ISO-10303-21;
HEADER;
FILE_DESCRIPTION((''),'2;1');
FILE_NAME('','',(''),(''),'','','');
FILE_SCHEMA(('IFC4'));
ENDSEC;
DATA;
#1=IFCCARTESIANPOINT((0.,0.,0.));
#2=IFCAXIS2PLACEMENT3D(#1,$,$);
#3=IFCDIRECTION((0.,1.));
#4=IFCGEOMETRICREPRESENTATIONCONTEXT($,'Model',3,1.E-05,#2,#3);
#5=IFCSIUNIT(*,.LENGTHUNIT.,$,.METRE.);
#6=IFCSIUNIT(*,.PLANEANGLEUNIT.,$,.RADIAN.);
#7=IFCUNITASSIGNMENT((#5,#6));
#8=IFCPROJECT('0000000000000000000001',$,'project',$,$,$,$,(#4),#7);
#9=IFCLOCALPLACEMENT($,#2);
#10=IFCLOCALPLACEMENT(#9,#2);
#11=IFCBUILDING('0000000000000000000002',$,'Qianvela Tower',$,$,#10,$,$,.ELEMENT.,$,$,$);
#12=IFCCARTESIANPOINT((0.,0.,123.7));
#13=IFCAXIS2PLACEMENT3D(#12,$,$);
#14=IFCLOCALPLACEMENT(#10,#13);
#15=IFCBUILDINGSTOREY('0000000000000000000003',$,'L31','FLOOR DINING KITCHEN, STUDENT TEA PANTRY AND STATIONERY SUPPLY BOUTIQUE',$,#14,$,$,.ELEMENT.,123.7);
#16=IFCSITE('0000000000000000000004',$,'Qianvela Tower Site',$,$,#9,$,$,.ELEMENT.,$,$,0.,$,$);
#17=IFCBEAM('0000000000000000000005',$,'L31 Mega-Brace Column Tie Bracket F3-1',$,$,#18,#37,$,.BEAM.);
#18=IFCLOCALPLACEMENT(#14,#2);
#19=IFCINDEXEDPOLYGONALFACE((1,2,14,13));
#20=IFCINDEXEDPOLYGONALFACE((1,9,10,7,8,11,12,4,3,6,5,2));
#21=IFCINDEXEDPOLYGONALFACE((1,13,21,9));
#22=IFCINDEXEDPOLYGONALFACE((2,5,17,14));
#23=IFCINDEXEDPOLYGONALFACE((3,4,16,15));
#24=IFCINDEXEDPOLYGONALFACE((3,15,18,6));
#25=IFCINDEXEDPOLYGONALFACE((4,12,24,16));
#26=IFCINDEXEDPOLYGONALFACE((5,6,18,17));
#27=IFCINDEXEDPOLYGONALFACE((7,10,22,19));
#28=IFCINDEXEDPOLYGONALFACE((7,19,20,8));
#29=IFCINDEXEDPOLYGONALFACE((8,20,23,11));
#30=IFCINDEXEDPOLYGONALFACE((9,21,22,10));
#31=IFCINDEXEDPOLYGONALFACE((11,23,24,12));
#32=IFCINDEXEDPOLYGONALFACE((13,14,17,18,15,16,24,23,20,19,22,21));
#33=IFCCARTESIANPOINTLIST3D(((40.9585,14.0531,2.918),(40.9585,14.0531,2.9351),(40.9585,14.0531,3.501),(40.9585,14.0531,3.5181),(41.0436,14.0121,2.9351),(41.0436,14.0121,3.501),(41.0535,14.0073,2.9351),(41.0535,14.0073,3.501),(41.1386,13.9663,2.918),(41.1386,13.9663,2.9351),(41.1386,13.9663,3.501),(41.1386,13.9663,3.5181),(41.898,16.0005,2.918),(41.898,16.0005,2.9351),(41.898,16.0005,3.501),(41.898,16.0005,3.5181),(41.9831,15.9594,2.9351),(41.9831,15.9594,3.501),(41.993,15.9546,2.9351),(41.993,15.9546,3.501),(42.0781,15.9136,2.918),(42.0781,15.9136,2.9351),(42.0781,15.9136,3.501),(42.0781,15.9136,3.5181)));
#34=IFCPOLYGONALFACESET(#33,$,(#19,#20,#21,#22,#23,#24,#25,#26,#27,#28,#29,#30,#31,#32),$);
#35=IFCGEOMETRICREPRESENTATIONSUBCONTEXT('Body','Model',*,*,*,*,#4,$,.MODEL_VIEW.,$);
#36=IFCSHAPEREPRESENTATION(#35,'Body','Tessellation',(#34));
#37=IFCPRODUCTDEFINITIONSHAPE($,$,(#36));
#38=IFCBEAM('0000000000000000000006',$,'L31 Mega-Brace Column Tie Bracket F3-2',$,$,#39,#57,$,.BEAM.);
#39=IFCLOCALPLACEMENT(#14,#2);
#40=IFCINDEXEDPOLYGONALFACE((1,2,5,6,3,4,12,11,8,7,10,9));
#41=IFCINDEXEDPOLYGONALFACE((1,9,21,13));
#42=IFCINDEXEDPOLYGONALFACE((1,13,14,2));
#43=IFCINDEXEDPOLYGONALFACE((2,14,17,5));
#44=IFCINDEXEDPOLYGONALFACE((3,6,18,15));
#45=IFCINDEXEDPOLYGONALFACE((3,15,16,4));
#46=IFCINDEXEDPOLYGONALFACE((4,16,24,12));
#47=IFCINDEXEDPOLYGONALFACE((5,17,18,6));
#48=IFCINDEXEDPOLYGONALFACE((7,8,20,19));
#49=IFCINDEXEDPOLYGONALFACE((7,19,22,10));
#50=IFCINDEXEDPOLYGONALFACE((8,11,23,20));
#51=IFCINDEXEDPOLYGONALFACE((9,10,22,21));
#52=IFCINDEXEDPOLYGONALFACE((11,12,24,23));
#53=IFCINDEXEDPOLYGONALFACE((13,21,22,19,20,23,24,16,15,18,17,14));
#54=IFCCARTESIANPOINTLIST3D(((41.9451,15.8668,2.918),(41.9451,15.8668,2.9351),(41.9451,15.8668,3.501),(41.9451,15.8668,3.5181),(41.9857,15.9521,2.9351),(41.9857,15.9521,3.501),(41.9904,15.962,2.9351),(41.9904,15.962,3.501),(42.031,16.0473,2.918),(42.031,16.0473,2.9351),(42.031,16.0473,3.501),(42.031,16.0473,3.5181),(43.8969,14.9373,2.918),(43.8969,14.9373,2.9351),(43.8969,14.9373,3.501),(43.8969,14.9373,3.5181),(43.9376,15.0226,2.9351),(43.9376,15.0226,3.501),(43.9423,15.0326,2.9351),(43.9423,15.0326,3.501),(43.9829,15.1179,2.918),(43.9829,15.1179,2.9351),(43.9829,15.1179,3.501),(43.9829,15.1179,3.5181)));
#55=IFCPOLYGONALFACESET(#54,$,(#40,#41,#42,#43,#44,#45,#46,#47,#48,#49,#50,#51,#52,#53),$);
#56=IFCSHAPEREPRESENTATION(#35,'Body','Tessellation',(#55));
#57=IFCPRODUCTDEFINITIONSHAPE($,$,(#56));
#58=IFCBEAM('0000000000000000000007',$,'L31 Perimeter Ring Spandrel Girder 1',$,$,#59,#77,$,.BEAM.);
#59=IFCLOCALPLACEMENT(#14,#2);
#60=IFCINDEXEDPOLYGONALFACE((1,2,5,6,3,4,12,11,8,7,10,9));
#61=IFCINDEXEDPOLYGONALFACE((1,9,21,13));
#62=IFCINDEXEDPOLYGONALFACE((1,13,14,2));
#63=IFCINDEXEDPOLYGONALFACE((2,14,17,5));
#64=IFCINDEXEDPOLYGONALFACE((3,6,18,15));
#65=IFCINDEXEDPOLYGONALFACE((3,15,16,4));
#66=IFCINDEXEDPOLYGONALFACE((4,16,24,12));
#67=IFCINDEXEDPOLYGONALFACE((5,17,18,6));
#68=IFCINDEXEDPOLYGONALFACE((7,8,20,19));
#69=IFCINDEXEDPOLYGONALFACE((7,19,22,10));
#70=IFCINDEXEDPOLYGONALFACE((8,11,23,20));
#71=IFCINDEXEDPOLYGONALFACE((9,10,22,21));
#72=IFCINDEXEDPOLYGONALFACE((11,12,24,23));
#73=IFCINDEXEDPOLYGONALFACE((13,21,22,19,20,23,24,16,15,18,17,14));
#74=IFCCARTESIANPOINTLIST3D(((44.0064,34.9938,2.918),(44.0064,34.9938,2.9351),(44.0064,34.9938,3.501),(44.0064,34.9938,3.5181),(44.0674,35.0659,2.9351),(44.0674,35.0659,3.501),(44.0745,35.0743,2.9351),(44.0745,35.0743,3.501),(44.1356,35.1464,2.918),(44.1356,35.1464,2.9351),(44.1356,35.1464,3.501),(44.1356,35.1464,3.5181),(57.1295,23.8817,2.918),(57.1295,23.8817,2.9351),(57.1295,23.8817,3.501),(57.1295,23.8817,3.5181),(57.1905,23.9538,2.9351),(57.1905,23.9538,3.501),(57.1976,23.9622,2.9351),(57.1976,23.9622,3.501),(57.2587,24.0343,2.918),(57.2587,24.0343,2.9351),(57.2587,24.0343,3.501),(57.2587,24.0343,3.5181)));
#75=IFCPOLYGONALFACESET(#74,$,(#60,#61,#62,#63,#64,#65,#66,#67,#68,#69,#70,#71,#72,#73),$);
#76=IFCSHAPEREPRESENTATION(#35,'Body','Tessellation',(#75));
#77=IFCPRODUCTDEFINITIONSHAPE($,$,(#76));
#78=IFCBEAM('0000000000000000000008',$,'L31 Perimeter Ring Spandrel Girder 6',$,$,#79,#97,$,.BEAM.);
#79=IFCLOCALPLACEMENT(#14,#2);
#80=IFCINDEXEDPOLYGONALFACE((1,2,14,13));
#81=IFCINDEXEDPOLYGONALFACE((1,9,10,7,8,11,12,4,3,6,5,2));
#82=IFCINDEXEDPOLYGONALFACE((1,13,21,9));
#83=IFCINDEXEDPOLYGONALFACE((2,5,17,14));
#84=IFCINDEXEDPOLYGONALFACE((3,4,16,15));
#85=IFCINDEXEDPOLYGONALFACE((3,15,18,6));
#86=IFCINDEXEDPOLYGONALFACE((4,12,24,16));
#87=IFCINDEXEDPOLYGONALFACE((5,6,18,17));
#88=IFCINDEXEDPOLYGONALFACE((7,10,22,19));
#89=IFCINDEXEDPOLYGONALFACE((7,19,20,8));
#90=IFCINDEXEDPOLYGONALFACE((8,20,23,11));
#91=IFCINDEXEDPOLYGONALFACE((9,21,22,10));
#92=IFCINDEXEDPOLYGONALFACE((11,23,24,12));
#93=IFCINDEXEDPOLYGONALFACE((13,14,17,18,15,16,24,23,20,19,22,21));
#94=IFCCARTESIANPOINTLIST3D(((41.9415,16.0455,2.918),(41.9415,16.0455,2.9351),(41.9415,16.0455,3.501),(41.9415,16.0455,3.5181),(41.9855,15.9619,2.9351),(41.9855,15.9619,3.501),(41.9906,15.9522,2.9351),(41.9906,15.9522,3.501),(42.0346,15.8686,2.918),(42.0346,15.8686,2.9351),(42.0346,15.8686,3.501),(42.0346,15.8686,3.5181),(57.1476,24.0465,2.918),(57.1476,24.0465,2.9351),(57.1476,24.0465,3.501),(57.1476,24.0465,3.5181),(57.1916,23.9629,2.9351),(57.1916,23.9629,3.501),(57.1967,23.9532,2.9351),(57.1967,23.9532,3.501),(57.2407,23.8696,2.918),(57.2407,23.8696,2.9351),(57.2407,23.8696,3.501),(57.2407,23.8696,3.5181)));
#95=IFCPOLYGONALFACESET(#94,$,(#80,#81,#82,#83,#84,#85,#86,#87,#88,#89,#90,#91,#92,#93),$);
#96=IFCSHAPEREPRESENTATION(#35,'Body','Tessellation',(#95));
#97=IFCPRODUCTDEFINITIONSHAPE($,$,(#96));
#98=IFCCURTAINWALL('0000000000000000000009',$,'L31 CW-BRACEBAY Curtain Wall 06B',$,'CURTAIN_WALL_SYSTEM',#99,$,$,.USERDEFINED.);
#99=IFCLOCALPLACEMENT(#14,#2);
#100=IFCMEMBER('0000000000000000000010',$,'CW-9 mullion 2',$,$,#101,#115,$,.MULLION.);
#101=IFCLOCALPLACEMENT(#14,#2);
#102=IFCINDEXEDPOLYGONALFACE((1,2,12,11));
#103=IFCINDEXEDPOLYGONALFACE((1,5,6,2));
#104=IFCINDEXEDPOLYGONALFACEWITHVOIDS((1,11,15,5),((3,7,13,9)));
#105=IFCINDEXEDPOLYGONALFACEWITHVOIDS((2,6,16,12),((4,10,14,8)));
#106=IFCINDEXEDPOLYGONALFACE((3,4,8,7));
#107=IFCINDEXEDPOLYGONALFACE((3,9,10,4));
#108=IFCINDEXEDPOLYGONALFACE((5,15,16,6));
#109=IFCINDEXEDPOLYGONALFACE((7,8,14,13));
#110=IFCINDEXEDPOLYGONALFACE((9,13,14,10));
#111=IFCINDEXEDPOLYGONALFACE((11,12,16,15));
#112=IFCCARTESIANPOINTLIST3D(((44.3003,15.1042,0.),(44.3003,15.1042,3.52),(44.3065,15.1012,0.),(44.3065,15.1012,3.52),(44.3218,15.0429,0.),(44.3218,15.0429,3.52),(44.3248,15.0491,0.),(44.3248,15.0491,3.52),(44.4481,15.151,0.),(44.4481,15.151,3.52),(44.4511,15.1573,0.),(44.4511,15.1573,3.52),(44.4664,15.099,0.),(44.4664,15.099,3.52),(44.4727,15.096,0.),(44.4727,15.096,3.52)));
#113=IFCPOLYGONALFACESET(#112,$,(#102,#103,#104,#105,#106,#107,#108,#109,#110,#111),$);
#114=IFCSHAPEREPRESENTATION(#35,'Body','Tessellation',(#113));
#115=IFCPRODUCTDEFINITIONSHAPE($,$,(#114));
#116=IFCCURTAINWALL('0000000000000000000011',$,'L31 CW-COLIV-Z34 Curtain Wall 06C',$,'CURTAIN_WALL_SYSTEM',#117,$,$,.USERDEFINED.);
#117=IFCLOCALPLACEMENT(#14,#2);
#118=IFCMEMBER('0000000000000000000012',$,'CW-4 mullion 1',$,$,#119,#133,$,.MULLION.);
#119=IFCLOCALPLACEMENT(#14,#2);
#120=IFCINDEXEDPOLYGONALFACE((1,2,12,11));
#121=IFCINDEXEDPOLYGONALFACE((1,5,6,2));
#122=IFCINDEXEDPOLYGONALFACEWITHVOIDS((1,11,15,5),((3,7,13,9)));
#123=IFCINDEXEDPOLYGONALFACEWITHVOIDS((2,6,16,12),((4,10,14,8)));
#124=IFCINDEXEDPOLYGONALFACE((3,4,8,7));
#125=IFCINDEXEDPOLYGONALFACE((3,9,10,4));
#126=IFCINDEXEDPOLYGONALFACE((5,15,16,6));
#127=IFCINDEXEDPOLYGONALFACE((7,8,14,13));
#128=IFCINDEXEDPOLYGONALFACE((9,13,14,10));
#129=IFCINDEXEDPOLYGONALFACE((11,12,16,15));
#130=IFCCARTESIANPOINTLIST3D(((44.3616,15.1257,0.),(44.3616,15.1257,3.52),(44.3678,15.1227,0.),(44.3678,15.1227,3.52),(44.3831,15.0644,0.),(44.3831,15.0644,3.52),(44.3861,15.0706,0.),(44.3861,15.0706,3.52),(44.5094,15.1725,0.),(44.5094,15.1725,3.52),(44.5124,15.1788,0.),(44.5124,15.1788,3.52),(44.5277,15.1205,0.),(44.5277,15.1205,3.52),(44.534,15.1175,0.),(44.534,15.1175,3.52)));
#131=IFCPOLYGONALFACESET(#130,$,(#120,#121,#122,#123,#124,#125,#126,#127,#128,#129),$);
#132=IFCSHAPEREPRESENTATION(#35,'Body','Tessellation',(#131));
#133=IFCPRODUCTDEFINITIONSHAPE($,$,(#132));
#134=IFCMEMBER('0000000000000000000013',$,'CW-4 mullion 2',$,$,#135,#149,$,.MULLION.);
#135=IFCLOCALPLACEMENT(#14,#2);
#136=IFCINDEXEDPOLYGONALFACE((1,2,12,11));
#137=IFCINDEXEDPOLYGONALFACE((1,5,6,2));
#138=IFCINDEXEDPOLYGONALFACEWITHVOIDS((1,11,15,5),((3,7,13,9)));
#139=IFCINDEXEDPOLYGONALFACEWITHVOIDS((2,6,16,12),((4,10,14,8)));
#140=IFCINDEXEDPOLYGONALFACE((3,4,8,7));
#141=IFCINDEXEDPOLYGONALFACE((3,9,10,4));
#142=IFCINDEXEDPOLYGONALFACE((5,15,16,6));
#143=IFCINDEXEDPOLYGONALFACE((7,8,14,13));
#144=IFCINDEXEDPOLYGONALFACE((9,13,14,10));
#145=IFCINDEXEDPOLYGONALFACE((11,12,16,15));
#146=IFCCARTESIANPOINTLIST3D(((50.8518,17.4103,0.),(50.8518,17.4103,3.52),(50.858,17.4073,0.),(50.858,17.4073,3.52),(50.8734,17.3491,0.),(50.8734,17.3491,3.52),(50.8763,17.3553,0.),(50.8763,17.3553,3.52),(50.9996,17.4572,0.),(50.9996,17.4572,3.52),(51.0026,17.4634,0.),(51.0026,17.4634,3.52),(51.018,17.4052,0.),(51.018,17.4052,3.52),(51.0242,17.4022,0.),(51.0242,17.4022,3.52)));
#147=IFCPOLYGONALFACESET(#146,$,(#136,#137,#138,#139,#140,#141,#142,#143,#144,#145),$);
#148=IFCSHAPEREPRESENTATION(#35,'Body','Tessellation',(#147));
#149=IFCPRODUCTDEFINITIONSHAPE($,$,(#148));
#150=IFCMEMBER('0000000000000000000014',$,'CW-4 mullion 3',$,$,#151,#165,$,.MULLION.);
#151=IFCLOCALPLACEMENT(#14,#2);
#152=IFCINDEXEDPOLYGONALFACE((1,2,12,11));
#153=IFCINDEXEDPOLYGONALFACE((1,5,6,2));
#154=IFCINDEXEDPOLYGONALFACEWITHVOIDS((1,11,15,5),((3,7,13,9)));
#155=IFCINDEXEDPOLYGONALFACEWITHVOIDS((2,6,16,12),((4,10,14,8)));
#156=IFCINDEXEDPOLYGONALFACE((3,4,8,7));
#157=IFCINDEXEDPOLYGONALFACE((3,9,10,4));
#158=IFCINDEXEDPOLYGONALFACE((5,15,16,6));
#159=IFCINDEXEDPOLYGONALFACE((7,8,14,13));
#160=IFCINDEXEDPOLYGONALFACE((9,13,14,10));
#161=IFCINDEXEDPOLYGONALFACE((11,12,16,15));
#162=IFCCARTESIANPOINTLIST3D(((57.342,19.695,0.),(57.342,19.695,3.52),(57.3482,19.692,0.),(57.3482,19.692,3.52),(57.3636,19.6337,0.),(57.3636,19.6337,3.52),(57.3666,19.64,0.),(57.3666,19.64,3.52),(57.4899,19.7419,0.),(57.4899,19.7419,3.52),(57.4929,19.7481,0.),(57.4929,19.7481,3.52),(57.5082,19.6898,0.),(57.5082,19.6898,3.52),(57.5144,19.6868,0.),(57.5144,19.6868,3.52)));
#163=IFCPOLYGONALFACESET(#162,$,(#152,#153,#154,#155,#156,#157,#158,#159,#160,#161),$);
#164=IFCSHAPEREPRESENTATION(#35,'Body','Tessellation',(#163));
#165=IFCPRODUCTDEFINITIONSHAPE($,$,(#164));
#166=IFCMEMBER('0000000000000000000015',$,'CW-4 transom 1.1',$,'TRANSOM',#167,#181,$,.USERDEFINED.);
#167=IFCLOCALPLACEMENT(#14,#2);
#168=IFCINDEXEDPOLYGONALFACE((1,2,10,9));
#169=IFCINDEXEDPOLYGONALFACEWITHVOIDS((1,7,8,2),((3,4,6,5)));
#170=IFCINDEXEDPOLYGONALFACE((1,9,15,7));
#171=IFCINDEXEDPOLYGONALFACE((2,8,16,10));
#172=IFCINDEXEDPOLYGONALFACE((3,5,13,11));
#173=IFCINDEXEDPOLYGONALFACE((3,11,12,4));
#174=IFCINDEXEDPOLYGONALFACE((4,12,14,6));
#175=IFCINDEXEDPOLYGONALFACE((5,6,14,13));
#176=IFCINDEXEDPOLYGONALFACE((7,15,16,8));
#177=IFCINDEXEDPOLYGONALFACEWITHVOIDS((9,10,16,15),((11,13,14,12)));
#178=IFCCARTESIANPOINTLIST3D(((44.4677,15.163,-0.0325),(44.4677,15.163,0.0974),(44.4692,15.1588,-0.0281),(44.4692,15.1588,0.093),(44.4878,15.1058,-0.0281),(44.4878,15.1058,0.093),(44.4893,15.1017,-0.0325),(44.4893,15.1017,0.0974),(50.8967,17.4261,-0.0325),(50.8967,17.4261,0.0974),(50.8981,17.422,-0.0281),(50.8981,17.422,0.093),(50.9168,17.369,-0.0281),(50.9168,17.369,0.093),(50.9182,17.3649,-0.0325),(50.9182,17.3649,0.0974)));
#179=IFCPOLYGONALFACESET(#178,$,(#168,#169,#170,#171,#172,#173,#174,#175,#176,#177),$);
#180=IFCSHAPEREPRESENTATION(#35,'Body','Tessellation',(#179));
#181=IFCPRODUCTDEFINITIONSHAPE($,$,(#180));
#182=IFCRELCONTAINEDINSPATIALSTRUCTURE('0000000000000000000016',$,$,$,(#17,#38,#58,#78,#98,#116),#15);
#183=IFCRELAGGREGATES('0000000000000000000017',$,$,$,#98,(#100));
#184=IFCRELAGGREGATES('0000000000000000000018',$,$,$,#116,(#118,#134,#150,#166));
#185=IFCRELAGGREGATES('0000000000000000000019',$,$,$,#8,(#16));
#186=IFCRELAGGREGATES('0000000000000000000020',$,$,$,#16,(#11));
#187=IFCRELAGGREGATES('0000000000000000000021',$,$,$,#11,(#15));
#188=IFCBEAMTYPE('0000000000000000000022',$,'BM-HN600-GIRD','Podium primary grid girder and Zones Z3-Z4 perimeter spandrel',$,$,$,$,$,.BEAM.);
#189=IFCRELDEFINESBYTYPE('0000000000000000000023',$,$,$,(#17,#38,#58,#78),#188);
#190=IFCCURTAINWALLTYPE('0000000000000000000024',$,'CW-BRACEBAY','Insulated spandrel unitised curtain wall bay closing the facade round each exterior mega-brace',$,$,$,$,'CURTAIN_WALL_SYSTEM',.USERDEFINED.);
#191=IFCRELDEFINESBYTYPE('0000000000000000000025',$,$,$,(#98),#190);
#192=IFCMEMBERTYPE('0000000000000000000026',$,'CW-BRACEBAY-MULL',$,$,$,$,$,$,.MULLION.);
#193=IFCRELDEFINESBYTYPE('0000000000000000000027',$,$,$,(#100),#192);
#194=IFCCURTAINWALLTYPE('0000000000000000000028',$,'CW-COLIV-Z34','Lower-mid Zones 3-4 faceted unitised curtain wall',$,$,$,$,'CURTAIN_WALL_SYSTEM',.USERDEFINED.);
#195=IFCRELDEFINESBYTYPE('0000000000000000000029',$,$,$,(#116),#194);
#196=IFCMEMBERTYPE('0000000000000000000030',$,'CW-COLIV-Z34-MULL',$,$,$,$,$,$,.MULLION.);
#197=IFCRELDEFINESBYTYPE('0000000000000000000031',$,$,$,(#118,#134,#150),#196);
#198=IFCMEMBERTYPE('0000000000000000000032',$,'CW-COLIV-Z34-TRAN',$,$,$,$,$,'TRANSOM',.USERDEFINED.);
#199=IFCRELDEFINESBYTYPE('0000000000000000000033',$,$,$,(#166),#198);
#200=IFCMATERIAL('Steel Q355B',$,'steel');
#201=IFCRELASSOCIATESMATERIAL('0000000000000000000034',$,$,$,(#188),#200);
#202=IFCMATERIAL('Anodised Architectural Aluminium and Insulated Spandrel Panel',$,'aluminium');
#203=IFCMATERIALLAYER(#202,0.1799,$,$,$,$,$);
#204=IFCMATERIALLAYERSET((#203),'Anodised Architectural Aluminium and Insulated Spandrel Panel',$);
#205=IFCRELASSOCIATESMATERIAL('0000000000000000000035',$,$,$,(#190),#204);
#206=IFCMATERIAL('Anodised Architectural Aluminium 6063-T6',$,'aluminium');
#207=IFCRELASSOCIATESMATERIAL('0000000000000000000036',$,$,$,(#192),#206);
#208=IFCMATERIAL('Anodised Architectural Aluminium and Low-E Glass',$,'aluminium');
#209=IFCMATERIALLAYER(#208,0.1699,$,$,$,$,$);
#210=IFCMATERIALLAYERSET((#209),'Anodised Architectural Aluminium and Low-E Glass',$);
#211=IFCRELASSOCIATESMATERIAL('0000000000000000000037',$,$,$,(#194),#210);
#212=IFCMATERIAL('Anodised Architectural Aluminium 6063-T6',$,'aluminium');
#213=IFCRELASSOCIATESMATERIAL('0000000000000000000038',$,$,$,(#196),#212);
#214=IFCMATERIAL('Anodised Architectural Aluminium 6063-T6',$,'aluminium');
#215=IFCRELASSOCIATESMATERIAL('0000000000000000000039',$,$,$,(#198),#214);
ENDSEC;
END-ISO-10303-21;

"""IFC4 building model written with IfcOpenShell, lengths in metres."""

from ifc_helpers import new_model, si_unit, direction, frame, origin, origin_2d, place, context, subcontext, project, spatial, hollow_rectangle, i_section, extrude, material, layer, layer_set, material_profile, profile_set, type_object, element, aggregate, save


model = new_model("IFC4")

# Units and contexts
model_context = context("Model", 3, precision=1e-05, world=origin(), true_north=direction((0.0, 1.0)))
body_context = subcontext(model_context, "Body", "Model", "MODEL_VIEW")
ifc_project = project(units=[si_unit("LENGTHUNIT", "METRE"), si_unit("PLANEANGLEUNIT", "RADIAN")], contexts=[model_context])

# Site, building, storey
site_placement = place(None, origin())
site = spatial("IfcSite", under=ifc_project, at=site_placement, Name="Qianvela Tower Site", CompositionType="ELEMENT", RefElevation=0.0)
building_placement = place(site_placement, origin())
building = spatial("IfcBuilding", under=site, at=building_placement, Name="Qianvela Tower", CompositionType="ELEMENT")
storey_placement = place(building_placement, frame((0.0, 0.0, 123.7)))
storey = spatial("IfcBuildingStorey", under=building, at=storey_placement, Name="L31", Description="FLOOR DINING KITCHEN, STUDENT TEA PANTRY AND STATIONERY SUPPLY BOUTIQUE", CompositionType="ELEMENT", Elevation=123.7)

# Beams
ifc_material_1 = material(Name="Steel Q355B", Category="steel")
ifc_material_profile_1 = material_profile(ifc_material_1, i_section(OverallWidth=0.2, OverallDepth=0.6001, WebThickness=0.011, FlangeThickness=0.0171, at=origin_2d()), Name="HN600x200x11x17")
ifc_profile_set_1 = profile_set([ifc_material_profile_1], Name="Steel Q355B")
beam_type = type_object("IfcBeamType", Name="BM-HN600-GIRD", Description="Podium primary grid girder and Zones Z3-Z4 perimeter spandrel", PredefinedType="BEAM", material=ifc_profile_set_1)
beam_1_placement = place(storey_placement, frame((41.988, 15.957, 3.218), z_axis=(-0.434522, -0.900661, 0.0), x_axis=(0.900661, -0.434522, 0.0)))
element("IfcBeam", 1, at=beam_1_placement, inside=storey, type_object=beam_type, Name="L31 Mega-Brace Column Tie Bracket F3-1", PredefinedType="BEAM", context=body_context, shape_type="SweptSolid", body=[
    extrude(i_section(OverallWidth=0.2, OverallDepth=0.6001, WebThickness=0.011, FlangeThickness=0.0171, at=origin_2d()), origin(), (0.0, 0.0, 1.0), 2.1621),
])
beam_2_placement = place(storey_placement, frame((41.988, 15.957, 3.218), z_axis=(0.902867, -0.42992, 0.0), x_axis=(0.42992, 0.902867, 0.0)))
element("IfcBeam", 2, at=beam_2_placement, inside=storey, type_object=beam_type, Name="L31 Mega-Brace Column Tie Bracket F3-2", PredefinedType="BEAM", context=body_context, shape_type="SweptSolid", body=[
    extrude(i_section(OverallWidth=0.2, OverallDepth=0.6001, WebThickness=0.011, FlangeThickness=0.0171, at=origin_2d()), origin(), (0.0, 0.0, 1.0), 2.1619),
])
beam_3_placement = place(storey_placement, frame((57.1941, 23.958, 3.218), z_axis=(-0.763158, 0.646211, 0.0), x_axis=(-0.646211, -0.763158, 0.0)))
element("IfcBeam", 3, at=beam_3_placement, inside=storey, type_object=beam_type, Name="L31 Perimeter Ring Spandrel Girder 1", PredefinedType="BEAM", context=body_context, shape_type="SweptSolid", body=[
    extrude(i_section(OverallWidth=0.2, OverallDepth=0.6001, WebThickness=0.011, FlangeThickness=0.0171, at=origin_2d()), origin(), (0.0, 0.0, 1.0), 17.1958),
])
beam_4_placement = place(storey_placement, frame((41.988, 15.957, 3.218), z_axis=(0.884971, 0.465646, 0.0), x_axis=(-0.465646, 0.884971, 0.0)))
element("IfcBeam", 4, at=beam_4_placement, inside=storey, type_object=beam_type, Name="L31 Perimeter Ring Spandrel Girder 6", PredefinedType="BEAM", context=body_context, shape_type="SweptSolid", body=[
    extrude(i_section(OverallWidth=0.2, OverallDepth=0.6001, WebThickness=0.011, FlangeThickness=0.0171, at=origin_2d()), origin(), (0.0, 0.0, 1.0), 17.1826),
])

# Curtain wall, member
ifc_material_2 = material(Name="Anodised Architectural Aluminium and Insulated Spandrel Panel", Category="aluminium")
ifc_layer_1 = layer(ifc_material_2, 0.1799)
ifc_layer_set_1 = layer_set([ifc_layer_1], Name="Anodised Architectural Aluminium and Insulated Spandrel Panel")
curtain_wall_type_1 = type_object("IfcCurtainWallType", Name="CW-BRACEBAY", Description="Insulated spandrel unitised curtain wall bay closing the facade round each exterior mega-brace", ElementType="CURTAIN_WALL_SYSTEM", PredefinedType="USERDEFINED", material=ifc_layer_set_1)
curtain_wall_1_placement = place(storey_placement, origin())
curtain_wall_1 = element("IfcCurtainWall", 5, at=curtain_wall_1_placement, inside=storey, type_object=curtain_wall_type_1, Name="L31 CW-BRACEBAY Curtain Wall 06B", ObjectType="CURTAIN_WALL_SYSTEM", PredefinedType="USERDEFINED")
ifc_material_3 = material(Name="Anodised Architectural Aluminium 6063-T6", Category="aluminium")
ifc_material_profile_2 = material_profile(ifc_material_3, hollow_rectangle(XDim=0.0649, YDim=0.1599, WallThickness=0.0049, at=origin_2d()), Name="ALU-MULL-65x160")
ifc_profile_set_2 = profile_set([ifc_material_profile_2], Name="Anodised Architectural Aluminium 6063-T6")
member_type_1 = type_object("IfcMemberType", Name="CW-BRACEBAY-MULL", PredefinedType="MULLION", material=ifc_profile_set_2)
member_1_placement = place(storey_placement, frame((44.3865, 15.1001, 0.0), z_axis=(0.0, 0.0, 1.0), x_axis=(-0.332042, 0.943265, 0.0)))
member_1 = element("IfcMember", 6, at=member_1_placement, type_object=member_type_1, Name="CW-9 mullion 2", PredefinedType="MULLION", context=body_context, shape_type="SweptSolid", body=[
    extrude(hollow_rectangle(XDim=0.0649, YDim=0.1599, WallThickness=0.0049, at=origin_2d()), origin(), (0.0, 0.0, 1.0), 3.52),
])

# Curtain wall, members
ifc_material_4 = material(Name="Anodised Architectural Aluminium and Low-E Glass", Category="aluminium")
ifc_layer_2 = layer(ifc_material_4, 0.1699)
ifc_layer_set_2 = layer_set([ifc_layer_2], Name="Anodised Architectural Aluminium and Low-E Glass")
curtain_wall_type_2 = type_object("IfcCurtainWallType", Name="CW-COLIV-Z34", Description="Lower-mid Zones 3-4 faceted unitised curtain wall", ElementType="CURTAIN_WALL_SYSTEM", PredefinedType="USERDEFINED", material=ifc_layer_set_2)
curtain_wall_2_placement = place(storey_placement, origin())
curtain_wall_2 = element("IfcCurtainWall", 7, at=curtain_wall_2_placement, inside=storey, type_object=curtain_wall_type_2, Name="L31 CW-COLIV-Z34 Curtain Wall 06C", ObjectType="CURTAIN_WALL_SYSTEM", PredefinedType="USERDEFINED")
ifc_material_5 = material(Name="Anodised Architectural Aluminium 6063-T6", Category="aluminium")
ifc_material_profile_3 = material_profile(ifc_material_5, hollow_rectangle(XDim=0.0649, YDim=0.1599, WallThickness=0.0049, at=origin_2d()), Name="ALU-MULL-65x160")
ifc_profile_set_3 = profile_set([ifc_material_profile_3], Name="Anodised Architectural Aluminium 6063-T6")
member_type_2 = type_object("IfcMemberType", Name="CW-COLIV-Z34-MULL", PredefinedType="MULLION", material=ifc_profile_set_3)
member_2_placement = place(storey_placement, frame((44.4478, 15.1216, 0.0), z_axis=(0.0, 0.0, 1.0), x_axis=(-0.332047, 0.943263, 0.0)))
member_2 = element("IfcMember", 8, at=member_2_placement, type_object=member_type_2, Name="CW-4 mullion 1", PredefinedType="MULLION", context=body_context, shape_type="SweptSolid", body=[
    extrude(hollow_rectangle(XDim=0.0649, YDim=0.1599, WallThickness=0.0049, at=origin_2d()), origin(), (0.0, 0.0, 1.0), 3.52),
])
member_3_placement = place(storey_placement, frame((50.938, 17.4062, 0.0), z_axis=(0.0, 0.0, 1.0), x_axis=(-0.332047, 0.943263, 0.0)))
member_3 = element("IfcMember", 9, at=member_3_placement, type_object=member_type_2, Name="CW-4 mullion 2", PredefinedType="MULLION", context=body_context, shape_type="SweptSolid", body=[
    extrude(hollow_rectangle(XDim=0.0649, YDim=0.1599, WallThickness=0.0049, at=origin_2d()), origin(), (0.0, 0.0, 1.0), 3.52),
])
member_4_placement = place(storey_placement, frame((57.4282, 19.6909, 0.0), z_axis=(0.0, 0.0, 1.0), x_axis=(-0.332047, 0.943263, 0.0)))
member_4 = element("IfcMember", 10, at=member_4_placement, type_object=member_type_2, Name="CW-4 mullion 3", PredefinedType="MULLION", context=body_context, shape_type="SweptSolid", body=[
    extrude(hollow_rectangle(XDim=0.0649, YDim=0.1599, WallThickness=0.0049, at=origin_2d()), origin(), (0.0, 0.0, 1.0), 3.52),
])
ifc_material_6 = material(Name="Anodised Architectural Aluminium 6063-T6", Category="aluminium")
ifc_material_profile_4 = material_profile(ifc_material_6, hollow_rectangle(XDim=0.0649, YDim=0.1299, WallThickness=0.0044, at=origin_2d()), Name="ALU-TRAN-65x130")
ifc_profile_set_4 = profile_set([ifc_material_profile_4], Name="Anodised Architectural Aluminium 6063-T6")
member_type_3 = type_object("IfcMemberType", Name="CW-COLIV-Z34-TRAN", ElementType="TRANSOM", PredefinedType="USERDEFINED", material=ifc_profile_set_4)
member_5_placement = place(storey_placement, frame((44.4785, 15.1323, 0.0325), z_axis=(0.94326, 0.332056, 0.0), x_axis=(-0.332056, 0.94326, 0.0)))
member_5 = element("IfcMember", 11, at=member_5_placement, type_object=member_type_3, Name="CW-4 transom 1.1", ObjectType="TRANSOM", PredefinedType="USERDEFINED", context=body_context, shape_type="SweptSolid", body=[
    extrude(hollow_rectangle(XDim=0.0649, YDim=0.1299, WallThickness=0.0044, at=origin_2d()), origin(), (0.0, 0.0, 1.0), 6.8157),
])

aggregate(curtain_wall_1, [member_1])
aggregate(curtain_wall_2, [member_2, member_3, member_4, member_5])

save(model, "model.ifc")
